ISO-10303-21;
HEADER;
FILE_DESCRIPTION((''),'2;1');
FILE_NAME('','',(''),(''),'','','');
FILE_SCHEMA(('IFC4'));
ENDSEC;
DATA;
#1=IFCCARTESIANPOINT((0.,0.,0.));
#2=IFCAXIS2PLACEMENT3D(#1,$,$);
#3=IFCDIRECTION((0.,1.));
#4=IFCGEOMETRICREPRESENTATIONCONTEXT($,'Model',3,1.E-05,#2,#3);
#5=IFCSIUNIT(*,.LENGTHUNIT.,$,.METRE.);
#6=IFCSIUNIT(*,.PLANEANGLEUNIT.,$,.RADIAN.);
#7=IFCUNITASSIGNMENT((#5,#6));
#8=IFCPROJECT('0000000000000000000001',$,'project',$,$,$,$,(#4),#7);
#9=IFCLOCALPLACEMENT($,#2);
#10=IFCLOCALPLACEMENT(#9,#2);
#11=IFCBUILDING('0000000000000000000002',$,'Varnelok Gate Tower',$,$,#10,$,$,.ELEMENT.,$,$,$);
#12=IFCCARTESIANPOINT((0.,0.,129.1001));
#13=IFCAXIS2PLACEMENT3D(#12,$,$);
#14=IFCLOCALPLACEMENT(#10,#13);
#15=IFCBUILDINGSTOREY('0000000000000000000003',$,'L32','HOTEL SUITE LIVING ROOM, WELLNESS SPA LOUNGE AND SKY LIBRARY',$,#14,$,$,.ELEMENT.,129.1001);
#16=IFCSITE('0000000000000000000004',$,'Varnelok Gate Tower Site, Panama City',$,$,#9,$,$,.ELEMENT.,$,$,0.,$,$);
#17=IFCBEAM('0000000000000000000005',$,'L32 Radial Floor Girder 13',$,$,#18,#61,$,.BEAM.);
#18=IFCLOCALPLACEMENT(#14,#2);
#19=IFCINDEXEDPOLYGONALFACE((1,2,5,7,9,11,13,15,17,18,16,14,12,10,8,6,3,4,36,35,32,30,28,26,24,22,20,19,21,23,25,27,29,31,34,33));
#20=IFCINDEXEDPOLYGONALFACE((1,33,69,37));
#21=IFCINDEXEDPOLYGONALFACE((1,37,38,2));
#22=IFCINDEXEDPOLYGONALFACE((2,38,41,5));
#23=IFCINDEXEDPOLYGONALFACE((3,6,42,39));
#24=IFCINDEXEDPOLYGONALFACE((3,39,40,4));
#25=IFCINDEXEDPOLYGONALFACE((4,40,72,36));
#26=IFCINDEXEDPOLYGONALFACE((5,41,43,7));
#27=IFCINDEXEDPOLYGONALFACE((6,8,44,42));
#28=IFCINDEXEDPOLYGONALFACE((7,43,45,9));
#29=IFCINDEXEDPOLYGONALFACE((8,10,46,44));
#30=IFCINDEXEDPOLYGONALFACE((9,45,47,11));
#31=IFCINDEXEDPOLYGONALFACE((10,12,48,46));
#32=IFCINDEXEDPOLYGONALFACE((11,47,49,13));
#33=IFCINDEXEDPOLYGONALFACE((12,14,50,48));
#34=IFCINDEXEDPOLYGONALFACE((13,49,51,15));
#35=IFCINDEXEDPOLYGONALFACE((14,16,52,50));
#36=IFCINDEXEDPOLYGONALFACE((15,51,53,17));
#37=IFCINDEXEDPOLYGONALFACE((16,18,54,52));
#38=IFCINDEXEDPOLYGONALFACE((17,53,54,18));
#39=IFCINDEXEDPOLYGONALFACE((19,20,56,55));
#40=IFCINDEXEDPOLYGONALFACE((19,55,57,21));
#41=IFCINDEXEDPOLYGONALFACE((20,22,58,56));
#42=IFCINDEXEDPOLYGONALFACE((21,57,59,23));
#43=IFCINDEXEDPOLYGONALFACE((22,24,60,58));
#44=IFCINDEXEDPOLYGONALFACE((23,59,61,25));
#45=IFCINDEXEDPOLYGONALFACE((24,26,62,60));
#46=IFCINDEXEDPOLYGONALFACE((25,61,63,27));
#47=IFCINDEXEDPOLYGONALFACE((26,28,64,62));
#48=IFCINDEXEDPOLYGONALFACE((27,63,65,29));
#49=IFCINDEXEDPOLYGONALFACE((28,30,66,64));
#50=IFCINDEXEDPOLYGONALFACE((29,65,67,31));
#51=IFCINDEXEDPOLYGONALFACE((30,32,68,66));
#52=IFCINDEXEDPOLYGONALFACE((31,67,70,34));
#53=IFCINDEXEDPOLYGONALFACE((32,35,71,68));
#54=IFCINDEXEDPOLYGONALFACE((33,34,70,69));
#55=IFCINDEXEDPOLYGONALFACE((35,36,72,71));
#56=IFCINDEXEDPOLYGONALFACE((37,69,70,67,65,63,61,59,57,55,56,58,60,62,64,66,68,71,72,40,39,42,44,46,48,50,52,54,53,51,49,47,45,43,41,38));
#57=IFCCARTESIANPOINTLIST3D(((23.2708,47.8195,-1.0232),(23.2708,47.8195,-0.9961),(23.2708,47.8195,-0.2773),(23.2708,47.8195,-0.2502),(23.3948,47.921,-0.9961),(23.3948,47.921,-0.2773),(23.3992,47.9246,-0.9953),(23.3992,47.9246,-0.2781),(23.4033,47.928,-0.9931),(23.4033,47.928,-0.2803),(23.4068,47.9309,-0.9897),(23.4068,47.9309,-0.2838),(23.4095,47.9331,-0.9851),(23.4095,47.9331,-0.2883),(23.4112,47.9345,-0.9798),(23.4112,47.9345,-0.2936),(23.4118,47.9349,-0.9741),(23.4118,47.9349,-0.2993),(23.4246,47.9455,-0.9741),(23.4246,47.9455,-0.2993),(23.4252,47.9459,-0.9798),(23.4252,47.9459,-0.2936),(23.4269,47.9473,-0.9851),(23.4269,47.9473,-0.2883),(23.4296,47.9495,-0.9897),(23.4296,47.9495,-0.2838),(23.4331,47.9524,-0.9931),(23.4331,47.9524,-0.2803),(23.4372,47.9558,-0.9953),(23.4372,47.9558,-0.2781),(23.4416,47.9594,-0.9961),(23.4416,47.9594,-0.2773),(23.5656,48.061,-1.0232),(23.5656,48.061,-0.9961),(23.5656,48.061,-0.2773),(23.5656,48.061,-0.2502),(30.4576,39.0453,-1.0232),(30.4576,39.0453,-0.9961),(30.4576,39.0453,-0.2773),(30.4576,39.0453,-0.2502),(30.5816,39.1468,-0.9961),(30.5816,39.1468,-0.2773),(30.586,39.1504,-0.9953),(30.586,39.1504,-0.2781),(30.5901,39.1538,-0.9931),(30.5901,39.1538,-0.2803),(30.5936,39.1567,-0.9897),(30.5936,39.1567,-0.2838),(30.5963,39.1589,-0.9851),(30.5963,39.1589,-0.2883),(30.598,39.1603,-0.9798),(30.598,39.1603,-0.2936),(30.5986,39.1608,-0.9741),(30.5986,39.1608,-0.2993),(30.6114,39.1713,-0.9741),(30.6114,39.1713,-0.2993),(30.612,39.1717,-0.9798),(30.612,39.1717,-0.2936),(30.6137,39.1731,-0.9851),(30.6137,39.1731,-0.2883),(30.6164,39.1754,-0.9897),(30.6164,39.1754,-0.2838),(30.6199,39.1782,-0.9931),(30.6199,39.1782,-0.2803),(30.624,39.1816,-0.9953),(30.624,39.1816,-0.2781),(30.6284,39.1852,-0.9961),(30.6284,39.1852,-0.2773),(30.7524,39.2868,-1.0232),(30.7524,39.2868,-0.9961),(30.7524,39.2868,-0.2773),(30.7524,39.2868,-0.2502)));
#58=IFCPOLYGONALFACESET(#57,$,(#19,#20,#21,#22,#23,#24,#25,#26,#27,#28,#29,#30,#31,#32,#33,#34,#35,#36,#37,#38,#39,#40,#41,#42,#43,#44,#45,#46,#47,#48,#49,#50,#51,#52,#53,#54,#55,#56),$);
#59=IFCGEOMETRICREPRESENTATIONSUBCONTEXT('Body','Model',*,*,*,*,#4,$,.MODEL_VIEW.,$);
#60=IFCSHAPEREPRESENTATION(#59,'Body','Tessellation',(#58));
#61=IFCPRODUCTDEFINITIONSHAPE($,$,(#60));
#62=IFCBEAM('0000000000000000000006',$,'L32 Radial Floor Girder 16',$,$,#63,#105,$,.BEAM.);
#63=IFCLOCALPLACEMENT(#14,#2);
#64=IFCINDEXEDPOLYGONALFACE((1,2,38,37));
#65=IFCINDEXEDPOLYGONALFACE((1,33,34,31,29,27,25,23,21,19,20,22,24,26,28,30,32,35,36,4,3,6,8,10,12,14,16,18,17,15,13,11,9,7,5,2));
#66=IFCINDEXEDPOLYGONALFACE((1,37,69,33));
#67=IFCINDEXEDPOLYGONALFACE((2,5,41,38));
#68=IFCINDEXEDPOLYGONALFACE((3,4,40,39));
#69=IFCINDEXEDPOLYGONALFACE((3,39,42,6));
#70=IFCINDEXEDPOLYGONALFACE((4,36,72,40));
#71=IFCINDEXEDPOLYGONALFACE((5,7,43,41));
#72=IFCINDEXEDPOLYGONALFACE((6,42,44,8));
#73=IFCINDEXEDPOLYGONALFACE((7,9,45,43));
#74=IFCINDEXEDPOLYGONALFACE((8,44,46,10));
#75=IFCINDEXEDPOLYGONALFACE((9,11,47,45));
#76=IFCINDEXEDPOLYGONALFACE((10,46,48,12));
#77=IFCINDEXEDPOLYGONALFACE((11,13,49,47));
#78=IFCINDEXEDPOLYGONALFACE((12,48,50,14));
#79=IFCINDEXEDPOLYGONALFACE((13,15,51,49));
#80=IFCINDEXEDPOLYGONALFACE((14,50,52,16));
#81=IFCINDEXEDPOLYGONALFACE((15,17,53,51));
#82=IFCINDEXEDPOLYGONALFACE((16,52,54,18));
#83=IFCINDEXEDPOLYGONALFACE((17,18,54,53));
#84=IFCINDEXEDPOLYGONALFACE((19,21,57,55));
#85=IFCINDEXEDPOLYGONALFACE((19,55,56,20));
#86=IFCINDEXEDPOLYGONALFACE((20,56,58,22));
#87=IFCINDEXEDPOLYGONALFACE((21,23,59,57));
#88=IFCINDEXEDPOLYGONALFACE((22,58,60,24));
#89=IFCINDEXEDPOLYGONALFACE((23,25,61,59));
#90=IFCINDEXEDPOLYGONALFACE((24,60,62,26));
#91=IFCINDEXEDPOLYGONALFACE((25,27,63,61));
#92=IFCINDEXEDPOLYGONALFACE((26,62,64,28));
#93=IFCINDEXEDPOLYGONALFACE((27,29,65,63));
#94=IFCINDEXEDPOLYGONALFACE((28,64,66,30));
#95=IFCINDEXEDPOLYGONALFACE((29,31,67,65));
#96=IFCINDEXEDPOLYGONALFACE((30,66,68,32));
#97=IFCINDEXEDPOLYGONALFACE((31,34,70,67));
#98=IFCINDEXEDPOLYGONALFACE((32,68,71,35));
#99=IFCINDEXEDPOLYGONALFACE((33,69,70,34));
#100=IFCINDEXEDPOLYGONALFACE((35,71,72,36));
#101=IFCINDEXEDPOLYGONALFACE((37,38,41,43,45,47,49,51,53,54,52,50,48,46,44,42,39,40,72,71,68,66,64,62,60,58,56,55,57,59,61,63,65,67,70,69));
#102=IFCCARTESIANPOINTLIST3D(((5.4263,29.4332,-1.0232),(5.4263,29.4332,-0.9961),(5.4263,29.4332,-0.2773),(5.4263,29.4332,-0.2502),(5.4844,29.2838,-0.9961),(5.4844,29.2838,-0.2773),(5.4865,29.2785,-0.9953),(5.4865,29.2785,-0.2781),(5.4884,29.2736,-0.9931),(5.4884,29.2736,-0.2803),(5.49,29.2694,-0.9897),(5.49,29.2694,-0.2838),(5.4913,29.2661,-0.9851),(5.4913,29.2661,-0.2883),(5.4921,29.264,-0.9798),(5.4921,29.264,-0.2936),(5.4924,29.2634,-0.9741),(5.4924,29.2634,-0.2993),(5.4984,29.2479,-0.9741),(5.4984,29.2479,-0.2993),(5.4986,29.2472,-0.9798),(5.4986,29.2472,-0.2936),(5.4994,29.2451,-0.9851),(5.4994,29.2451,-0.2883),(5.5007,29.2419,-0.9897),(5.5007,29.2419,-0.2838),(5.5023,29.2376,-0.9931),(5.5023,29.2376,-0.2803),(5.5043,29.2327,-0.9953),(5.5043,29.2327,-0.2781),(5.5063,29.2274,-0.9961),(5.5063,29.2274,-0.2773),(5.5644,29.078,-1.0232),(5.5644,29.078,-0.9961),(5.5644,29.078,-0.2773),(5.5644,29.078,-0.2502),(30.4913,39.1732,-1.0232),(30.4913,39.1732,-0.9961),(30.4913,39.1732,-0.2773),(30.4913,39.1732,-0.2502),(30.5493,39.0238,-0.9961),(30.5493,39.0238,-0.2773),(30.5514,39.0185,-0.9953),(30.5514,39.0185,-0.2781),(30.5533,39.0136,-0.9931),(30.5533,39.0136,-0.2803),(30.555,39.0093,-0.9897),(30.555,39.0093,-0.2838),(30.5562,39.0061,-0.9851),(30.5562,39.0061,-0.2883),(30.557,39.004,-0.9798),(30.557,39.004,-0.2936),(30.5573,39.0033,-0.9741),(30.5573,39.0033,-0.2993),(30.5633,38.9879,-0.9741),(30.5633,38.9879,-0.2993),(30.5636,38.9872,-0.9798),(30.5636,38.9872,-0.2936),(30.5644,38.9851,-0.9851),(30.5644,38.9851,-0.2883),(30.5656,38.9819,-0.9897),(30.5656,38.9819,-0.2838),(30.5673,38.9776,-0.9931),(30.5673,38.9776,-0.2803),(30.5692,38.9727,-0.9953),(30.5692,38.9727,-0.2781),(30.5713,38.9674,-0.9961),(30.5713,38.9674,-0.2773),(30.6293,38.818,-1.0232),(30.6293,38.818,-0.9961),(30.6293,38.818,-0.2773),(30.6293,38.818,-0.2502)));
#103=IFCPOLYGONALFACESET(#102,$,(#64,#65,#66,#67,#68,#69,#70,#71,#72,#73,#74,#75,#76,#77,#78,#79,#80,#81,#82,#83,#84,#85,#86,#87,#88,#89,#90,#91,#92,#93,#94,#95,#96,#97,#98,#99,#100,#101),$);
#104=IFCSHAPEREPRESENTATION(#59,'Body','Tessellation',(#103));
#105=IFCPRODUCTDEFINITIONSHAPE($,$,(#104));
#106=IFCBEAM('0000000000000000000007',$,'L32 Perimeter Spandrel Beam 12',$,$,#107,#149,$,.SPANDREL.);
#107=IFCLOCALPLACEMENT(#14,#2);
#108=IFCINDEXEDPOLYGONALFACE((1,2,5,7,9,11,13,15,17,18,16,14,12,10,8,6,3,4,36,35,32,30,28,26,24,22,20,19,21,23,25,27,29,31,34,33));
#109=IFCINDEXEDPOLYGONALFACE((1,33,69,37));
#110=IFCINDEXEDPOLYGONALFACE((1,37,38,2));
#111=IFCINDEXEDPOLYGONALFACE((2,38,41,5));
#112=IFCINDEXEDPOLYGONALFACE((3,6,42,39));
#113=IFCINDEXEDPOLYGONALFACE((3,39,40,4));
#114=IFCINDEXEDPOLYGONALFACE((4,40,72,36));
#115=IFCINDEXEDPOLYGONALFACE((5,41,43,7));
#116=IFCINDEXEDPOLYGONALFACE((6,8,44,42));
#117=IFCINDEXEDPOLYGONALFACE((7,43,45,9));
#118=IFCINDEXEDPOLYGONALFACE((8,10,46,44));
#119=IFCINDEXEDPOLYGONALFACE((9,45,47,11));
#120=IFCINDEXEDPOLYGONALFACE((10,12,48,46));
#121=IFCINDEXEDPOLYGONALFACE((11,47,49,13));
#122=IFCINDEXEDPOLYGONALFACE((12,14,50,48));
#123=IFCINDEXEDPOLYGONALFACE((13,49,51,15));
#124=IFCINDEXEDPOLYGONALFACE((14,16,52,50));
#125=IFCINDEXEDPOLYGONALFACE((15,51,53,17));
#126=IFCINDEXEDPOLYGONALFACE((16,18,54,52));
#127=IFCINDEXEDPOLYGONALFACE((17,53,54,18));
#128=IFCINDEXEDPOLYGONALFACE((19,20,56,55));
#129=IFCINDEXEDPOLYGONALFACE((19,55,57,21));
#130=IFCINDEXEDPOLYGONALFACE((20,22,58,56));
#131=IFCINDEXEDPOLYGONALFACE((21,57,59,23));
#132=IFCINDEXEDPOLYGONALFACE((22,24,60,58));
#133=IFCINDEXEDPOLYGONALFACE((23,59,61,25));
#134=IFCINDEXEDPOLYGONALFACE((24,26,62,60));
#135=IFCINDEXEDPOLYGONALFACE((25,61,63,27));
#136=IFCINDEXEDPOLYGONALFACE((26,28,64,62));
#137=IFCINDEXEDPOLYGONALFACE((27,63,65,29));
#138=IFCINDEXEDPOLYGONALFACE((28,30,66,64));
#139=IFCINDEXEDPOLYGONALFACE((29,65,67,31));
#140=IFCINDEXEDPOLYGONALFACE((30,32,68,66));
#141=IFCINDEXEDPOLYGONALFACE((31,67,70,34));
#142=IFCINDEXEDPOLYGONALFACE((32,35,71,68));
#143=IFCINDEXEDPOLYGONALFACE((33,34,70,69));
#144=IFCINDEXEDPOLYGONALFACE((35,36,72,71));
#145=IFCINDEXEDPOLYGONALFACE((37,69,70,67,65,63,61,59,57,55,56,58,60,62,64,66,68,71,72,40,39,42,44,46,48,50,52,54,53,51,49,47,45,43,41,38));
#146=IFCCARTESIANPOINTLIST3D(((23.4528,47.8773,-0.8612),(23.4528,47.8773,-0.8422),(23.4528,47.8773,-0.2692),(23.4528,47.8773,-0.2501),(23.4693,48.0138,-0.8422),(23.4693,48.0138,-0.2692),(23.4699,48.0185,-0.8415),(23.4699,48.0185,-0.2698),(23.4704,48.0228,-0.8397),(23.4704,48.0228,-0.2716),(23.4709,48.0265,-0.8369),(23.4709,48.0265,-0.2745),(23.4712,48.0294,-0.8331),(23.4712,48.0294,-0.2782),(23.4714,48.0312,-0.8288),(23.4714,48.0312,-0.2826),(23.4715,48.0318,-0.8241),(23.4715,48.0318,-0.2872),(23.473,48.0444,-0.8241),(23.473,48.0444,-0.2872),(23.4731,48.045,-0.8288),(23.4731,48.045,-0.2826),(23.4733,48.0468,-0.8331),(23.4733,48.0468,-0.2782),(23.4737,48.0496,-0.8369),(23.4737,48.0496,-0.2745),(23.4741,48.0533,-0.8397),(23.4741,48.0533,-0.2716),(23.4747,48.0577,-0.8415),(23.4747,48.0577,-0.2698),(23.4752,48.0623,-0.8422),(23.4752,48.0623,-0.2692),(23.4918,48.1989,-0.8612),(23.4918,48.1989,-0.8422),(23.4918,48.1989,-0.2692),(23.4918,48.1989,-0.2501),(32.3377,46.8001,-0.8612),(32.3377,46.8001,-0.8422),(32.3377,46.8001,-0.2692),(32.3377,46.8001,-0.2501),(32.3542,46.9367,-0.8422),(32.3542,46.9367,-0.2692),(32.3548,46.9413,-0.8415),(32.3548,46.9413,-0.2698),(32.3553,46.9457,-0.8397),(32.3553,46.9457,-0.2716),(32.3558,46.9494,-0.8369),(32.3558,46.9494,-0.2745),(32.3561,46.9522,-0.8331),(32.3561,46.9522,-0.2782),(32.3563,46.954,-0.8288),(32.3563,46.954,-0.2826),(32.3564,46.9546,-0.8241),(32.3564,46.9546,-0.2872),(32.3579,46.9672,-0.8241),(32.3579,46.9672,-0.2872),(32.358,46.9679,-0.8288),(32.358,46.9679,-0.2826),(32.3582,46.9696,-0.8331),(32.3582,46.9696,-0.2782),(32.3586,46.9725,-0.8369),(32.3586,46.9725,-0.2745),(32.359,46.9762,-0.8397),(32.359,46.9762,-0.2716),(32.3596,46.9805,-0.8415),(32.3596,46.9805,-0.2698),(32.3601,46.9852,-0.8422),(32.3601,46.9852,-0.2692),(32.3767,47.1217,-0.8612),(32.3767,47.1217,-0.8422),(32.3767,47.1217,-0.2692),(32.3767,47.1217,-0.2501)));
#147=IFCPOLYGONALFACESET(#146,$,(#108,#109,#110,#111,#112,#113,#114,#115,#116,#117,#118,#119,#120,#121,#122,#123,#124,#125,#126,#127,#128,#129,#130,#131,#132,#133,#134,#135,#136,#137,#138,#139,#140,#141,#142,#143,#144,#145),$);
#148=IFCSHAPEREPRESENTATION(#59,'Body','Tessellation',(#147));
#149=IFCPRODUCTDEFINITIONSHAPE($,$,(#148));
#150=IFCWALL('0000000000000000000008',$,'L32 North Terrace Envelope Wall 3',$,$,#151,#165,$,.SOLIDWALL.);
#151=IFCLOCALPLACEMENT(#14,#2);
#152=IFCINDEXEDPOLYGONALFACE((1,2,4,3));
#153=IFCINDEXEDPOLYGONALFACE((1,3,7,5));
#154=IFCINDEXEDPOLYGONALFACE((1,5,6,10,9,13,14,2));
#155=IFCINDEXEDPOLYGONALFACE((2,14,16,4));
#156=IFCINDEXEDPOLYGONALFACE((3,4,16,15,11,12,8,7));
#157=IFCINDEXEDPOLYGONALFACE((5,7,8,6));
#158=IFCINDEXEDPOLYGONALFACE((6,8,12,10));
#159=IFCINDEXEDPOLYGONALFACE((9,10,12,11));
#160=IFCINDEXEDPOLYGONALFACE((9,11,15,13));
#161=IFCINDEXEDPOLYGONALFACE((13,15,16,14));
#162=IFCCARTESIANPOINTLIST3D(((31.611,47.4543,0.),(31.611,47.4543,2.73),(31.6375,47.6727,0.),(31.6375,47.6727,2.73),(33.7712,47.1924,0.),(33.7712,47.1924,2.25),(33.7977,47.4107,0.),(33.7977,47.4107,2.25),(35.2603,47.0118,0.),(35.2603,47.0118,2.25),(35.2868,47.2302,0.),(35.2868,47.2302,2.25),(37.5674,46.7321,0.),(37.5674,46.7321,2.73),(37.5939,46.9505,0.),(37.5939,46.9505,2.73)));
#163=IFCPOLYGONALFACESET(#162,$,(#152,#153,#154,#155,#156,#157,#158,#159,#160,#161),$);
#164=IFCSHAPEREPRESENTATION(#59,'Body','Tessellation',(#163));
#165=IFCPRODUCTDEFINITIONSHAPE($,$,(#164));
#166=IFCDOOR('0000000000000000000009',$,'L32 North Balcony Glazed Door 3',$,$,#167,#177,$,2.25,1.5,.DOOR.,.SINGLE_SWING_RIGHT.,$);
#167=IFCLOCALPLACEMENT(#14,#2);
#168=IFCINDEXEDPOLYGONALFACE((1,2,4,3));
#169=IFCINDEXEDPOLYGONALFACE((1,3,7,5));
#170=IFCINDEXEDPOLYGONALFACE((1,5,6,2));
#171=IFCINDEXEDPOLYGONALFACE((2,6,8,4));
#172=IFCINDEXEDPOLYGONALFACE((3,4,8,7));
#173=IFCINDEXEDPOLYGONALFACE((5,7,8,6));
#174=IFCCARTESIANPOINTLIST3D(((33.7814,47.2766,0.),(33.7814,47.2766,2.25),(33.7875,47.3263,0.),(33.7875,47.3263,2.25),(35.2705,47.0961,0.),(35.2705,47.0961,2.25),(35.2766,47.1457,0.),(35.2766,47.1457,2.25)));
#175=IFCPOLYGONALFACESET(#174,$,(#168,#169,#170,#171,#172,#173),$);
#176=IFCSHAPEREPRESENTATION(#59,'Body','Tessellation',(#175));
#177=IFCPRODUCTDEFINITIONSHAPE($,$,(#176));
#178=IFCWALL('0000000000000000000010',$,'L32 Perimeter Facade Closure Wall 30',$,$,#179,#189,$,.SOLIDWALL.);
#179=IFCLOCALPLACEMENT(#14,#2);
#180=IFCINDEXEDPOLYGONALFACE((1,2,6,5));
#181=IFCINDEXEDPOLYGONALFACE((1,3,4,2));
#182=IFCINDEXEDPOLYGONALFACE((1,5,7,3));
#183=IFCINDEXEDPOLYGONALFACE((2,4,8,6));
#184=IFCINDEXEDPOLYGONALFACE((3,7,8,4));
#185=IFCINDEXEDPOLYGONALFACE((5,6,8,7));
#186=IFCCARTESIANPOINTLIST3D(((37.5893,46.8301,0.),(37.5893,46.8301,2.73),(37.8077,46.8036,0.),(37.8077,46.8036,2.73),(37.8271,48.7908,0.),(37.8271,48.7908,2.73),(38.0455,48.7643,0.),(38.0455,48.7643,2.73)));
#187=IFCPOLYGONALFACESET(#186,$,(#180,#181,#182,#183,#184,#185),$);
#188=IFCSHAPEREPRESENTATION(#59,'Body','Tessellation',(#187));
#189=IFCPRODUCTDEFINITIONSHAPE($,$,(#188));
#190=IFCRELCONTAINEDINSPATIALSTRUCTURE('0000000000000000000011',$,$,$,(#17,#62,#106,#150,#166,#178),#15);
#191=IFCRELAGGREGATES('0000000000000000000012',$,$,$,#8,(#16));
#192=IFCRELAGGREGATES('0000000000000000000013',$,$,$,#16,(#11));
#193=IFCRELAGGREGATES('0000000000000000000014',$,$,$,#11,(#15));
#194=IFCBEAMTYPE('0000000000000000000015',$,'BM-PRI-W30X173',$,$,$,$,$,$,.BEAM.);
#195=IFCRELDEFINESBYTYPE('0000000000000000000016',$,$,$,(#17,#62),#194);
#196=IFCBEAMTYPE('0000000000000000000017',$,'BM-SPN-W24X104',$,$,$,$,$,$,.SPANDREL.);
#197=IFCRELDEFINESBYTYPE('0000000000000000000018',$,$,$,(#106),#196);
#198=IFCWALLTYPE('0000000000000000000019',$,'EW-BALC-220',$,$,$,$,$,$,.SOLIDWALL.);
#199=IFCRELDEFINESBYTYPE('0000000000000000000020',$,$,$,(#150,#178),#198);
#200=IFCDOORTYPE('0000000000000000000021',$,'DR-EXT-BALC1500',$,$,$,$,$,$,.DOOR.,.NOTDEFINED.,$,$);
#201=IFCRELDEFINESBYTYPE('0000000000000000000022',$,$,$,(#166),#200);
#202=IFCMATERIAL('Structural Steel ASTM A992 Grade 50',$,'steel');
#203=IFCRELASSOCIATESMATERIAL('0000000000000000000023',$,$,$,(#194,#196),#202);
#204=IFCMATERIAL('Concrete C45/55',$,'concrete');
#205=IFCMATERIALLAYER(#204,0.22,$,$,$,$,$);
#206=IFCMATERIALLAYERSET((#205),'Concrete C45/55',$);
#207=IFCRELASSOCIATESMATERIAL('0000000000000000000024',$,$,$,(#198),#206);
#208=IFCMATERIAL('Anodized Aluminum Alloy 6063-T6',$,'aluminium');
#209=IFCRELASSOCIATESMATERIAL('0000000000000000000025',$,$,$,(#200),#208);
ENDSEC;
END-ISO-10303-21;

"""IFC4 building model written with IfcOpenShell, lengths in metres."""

from ifc_helpers import new_model, si_unit, direction, frame, frame_2d, origin, origin_2d, place, context, subcontext, project, spatial, rectangle, i_section, extrude, material, layer, layer_set, material_profile, profile_set, type_object, element, fill, save


model = new_model("IFC4")

# Units and contexts
model_context = context("Model", 3, precision=1e-05, world=origin(), true_north=direction((0.0, 1.0)))
body_context = subcontext(model_context, "Body", "Model", "MODEL_VIEW")
ifc_project = project(units=[si_unit("LENGTHUNIT", "METRE"), si_unit("PLANEANGLEUNIT", "RADIAN")], contexts=[model_context])

# Site, building, storey
site_placement = place(None, origin())
site = spatial("IfcSite", under=ifc_project, at=site_placement, Name="Varnelok Gate Tower Site, Panama City", CompositionType="ELEMENT", RefElevation=0.0)
building_placement = place(site_placement, origin())
building = spatial("IfcBuilding", under=site, at=building_placement, Name="Varnelok Gate Tower", CompositionType="ELEMENT")
storey_placement = place(building_placement, frame((0.0, 0.0, 129.1001)))
storey = spatial("IfcBuildingStorey", under=building, at=storey_placement, Name="L32", Description="HOTEL SUITE LIVING ROOM, WELLNESS SPA LOUNGE AND SKY LIBRARY", CompositionType="ELEMENT", Elevation=129.1001)

# Shared definitions
ifc_material_1 = material(Name="Structural Steel ASTM A992 Grade 50", Category="steel")

# Beams
ifc_material_profile_1 = material_profile(ifc_material_1, i_section(OverallWidth=0.3811, OverallDepth=0.7729, WebThickness=0.0166, FlangeThickness=0.0271, FilletRadius=0.022, at=origin_2d()), Name="W30X173")
ifc_profile_set_1 = profile_set([ifc_material_profile_1], Name="Structural Steel ASTM A992 Grade 50")
beam_type_1 = type_object("IfcBeamType", Name="BM-PRI-W30X173", PredefinedType="BEAM", material=ifc_profile_set_1)
beam_1_placement = place(storey_placement, frame((30.605, 39.166, -0.6367), z_axis=(-0.633655, 0.773616, 0.0), x_axis=(-0.773616, -0.633655, 0.0)))
element("IfcBeam", 1, at=beam_1_placement, inside=storey, type_object=beam_type_1, Name="L32 Radial Floor Girder 13", PredefinedType="BEAM", context=body_context, shape_type="SweptSolid", body=[
    extrude(i_section(OverallWidth=0.3811, OverallDepth=0.7729, WebThickness=0.0166, FlangeThickness=0.0271, FilletRadius=0.022, at=origin_2d()), origin(), (0.0, 0.0, 1.0), 11.3418),
])
beam_2_placement = place(storey_placement, frame((30.5603, 38.9956, -0.6367), z_axis=(-0.932099, -0.362204, 0.0), x_axis=(0.362204, -0.932099, 0.0)))
element("IfcBeam", 2, at=beam_2_placement, inside=storey, type_object=beam_type_1, Name="L32 Radial Floor Girder 16", PredefinedType="BEAM", context=body_context, shape_type="SweptSolid", body=[
    extrude(i_section(OverallWidth=0.3811, OverallDepth=0.7729, WebThickness=0.0166, FlangeThickness=0.0271, FilletRadius=0.022, at=origin_2d()), origin(), (0.0, 0.0, 1.0), 26.8909),
])
ifc_material_profile_2 = material_profile(ifc_material_1, i_section(OverallWidth=0.324, OverallDepth=0.6111, WebThickness=0.0127, FlangeThickness=0.019, FilletRadius=0.0181, at=origin_2d()), Name="W24X104")
ifc_profile_set_2 = profile_set([ifc_material_profile_2], Name="Structural Steel ASTM A992 Grade 50")
beam_type_2 = type_object("IfcBeamType", Name="BM-SPN-W24X104", PredefinedType="SPANDREL", material=ifc_profile_set_2)
beam_3_placement = place(storey_placement, frame((32.3572, 46.9609, -0.5557), z_axis=(-0.992731, 0.120351, 0.0), x_axis=(-0.120351, -0.992731, 0.0)))
element("IfcBeam", 3, at=beam_3_placement, inside=storey, type_object=beam_type_2, Name="L32 Perimeter Spandrel Beam 12", PredefinedType="SPANDREL", context=body_context, shape_type="SweptSolid", body=[
    extrude(i_section(OverallWidth=0.324, OverallDepth=0.6111, WebThickness=0.0127, FlangeThickness=0.019, FilletRadius=0.0181, at=origin_2d()), origin(), (0.0, 0.0, 1.0), 8.95),
])

# Wall, opening, door
ifc_material_2 = material(Name="Concrete C45/55", Category="concrete")
ifc_layer_1 = layer(ifc_material_2, 0.22)
ifc_layer_set_1 = layer_set([ifc_layer_1], Name="Concrete C45/55")
wall_type_1 = type_object("IfcWallType", Name="EW-BALC-220", PredefinedType="SOLIDWALL", material=ifc_layer_set_1)
wall_1_placement = place(storey_placement, frame((31.6243, 47.5635, 0.0), z_axis=(0.0, 0.0, 1.0), x_axis=(0.99273, -0.120363, 0.0)))
wall_1 = element("IfcWall", 4, at=wall_1_placement, inside=storey, type_object=wall_type_1, Name="L32 North Terrace Envelope Wall 3", PredefinedType="SOLIDWALL", context=body_context, shape_type="SweptSolid", body=[
    extrude(rectangle(XDim=6.0, YDim=0.22, at=frame_2d((3.0, 0.0))), origin(), (0.0, 0.0, 1.0), 2.73),
])
opening_1_placement = place(wall_1_placement, frame((2.176, 0.0, 0.0)))
opening_1 = element("IfcOpeningElement", 5, at=opening_1_placement, cuts=wall_1, PredefinedType="OPENING", context=body_context, shape_type="SweptSolid", body=[
    extrude(rectangle(XDim=1.5, YDim=2.25, at=frame_2d((0.75, 1.125))), frame((0.0, 0.1199, 0.0), z_axis=(0.0, -1.0, 0.0), x_axis=(1.0, 0.0, 0.0)), (0.0, 0.0, 1.0), 0.24),
])
ifc_material_3 = material(Name="Anodized Aluminum Alloy 6063-T6", Category="aluminium")
door_type_1 = type_object("IfcDoorType", Name="DR-EXT-BALC1500", OperationType="NOTDEFINED", PredefinedType="DOOR", material=ifc_material_3)
door_1_placement = place(opening_1_placement, origin())
door_1 = element("IfcDoor", 6, at=door_1_placement, inside=storey, type_object=door_type_1, Name="L32 North Balcony Glazed Door 3", OperationType="SINGLE_SWING_RIGHT", OverallHeight=2.25, OverallWidth=1.5, PredefinedType="DOOR", context=body_context, shape_type="SweptSolid", body=[
    extrude(rectangle(XDim=1.5, YDim=2.25, at=frame_2d((0.75, 1.125))), frame((0.0, 0.0249, 0.0), z_axis=(0.0, -1.0, 0.0), x_axis=(1.0, 0.0, 0.0)), (0.0, 0.0, 1.0), 0.05),
])
fill(opening_1, door_1)

# Wall
wall_2_placement = place(storey_placement, frame((37.9363, 48.7776, 0.0), z_axis=(0.0, 0.0, 1.0), x_axis=(-0.120398, -0.992726, 0.0)))
element("IfcWall", 7, at=wall_2_placement, inside=storey, type_object=wall_type_1, Name="L32 Perimeter Facade Closure Wall 30", PredefinedType="SOLIDWALL", context=body_context, shape_type="SweptSolid", body=[
    extrude(rectangle(XDim=1.9751, YDim=0.22, at=frame_2d((0.9875, 0.0))), origin(), (0.0, 0.0, 1.0), 2.73),
])

save(model, "model.ifc")
